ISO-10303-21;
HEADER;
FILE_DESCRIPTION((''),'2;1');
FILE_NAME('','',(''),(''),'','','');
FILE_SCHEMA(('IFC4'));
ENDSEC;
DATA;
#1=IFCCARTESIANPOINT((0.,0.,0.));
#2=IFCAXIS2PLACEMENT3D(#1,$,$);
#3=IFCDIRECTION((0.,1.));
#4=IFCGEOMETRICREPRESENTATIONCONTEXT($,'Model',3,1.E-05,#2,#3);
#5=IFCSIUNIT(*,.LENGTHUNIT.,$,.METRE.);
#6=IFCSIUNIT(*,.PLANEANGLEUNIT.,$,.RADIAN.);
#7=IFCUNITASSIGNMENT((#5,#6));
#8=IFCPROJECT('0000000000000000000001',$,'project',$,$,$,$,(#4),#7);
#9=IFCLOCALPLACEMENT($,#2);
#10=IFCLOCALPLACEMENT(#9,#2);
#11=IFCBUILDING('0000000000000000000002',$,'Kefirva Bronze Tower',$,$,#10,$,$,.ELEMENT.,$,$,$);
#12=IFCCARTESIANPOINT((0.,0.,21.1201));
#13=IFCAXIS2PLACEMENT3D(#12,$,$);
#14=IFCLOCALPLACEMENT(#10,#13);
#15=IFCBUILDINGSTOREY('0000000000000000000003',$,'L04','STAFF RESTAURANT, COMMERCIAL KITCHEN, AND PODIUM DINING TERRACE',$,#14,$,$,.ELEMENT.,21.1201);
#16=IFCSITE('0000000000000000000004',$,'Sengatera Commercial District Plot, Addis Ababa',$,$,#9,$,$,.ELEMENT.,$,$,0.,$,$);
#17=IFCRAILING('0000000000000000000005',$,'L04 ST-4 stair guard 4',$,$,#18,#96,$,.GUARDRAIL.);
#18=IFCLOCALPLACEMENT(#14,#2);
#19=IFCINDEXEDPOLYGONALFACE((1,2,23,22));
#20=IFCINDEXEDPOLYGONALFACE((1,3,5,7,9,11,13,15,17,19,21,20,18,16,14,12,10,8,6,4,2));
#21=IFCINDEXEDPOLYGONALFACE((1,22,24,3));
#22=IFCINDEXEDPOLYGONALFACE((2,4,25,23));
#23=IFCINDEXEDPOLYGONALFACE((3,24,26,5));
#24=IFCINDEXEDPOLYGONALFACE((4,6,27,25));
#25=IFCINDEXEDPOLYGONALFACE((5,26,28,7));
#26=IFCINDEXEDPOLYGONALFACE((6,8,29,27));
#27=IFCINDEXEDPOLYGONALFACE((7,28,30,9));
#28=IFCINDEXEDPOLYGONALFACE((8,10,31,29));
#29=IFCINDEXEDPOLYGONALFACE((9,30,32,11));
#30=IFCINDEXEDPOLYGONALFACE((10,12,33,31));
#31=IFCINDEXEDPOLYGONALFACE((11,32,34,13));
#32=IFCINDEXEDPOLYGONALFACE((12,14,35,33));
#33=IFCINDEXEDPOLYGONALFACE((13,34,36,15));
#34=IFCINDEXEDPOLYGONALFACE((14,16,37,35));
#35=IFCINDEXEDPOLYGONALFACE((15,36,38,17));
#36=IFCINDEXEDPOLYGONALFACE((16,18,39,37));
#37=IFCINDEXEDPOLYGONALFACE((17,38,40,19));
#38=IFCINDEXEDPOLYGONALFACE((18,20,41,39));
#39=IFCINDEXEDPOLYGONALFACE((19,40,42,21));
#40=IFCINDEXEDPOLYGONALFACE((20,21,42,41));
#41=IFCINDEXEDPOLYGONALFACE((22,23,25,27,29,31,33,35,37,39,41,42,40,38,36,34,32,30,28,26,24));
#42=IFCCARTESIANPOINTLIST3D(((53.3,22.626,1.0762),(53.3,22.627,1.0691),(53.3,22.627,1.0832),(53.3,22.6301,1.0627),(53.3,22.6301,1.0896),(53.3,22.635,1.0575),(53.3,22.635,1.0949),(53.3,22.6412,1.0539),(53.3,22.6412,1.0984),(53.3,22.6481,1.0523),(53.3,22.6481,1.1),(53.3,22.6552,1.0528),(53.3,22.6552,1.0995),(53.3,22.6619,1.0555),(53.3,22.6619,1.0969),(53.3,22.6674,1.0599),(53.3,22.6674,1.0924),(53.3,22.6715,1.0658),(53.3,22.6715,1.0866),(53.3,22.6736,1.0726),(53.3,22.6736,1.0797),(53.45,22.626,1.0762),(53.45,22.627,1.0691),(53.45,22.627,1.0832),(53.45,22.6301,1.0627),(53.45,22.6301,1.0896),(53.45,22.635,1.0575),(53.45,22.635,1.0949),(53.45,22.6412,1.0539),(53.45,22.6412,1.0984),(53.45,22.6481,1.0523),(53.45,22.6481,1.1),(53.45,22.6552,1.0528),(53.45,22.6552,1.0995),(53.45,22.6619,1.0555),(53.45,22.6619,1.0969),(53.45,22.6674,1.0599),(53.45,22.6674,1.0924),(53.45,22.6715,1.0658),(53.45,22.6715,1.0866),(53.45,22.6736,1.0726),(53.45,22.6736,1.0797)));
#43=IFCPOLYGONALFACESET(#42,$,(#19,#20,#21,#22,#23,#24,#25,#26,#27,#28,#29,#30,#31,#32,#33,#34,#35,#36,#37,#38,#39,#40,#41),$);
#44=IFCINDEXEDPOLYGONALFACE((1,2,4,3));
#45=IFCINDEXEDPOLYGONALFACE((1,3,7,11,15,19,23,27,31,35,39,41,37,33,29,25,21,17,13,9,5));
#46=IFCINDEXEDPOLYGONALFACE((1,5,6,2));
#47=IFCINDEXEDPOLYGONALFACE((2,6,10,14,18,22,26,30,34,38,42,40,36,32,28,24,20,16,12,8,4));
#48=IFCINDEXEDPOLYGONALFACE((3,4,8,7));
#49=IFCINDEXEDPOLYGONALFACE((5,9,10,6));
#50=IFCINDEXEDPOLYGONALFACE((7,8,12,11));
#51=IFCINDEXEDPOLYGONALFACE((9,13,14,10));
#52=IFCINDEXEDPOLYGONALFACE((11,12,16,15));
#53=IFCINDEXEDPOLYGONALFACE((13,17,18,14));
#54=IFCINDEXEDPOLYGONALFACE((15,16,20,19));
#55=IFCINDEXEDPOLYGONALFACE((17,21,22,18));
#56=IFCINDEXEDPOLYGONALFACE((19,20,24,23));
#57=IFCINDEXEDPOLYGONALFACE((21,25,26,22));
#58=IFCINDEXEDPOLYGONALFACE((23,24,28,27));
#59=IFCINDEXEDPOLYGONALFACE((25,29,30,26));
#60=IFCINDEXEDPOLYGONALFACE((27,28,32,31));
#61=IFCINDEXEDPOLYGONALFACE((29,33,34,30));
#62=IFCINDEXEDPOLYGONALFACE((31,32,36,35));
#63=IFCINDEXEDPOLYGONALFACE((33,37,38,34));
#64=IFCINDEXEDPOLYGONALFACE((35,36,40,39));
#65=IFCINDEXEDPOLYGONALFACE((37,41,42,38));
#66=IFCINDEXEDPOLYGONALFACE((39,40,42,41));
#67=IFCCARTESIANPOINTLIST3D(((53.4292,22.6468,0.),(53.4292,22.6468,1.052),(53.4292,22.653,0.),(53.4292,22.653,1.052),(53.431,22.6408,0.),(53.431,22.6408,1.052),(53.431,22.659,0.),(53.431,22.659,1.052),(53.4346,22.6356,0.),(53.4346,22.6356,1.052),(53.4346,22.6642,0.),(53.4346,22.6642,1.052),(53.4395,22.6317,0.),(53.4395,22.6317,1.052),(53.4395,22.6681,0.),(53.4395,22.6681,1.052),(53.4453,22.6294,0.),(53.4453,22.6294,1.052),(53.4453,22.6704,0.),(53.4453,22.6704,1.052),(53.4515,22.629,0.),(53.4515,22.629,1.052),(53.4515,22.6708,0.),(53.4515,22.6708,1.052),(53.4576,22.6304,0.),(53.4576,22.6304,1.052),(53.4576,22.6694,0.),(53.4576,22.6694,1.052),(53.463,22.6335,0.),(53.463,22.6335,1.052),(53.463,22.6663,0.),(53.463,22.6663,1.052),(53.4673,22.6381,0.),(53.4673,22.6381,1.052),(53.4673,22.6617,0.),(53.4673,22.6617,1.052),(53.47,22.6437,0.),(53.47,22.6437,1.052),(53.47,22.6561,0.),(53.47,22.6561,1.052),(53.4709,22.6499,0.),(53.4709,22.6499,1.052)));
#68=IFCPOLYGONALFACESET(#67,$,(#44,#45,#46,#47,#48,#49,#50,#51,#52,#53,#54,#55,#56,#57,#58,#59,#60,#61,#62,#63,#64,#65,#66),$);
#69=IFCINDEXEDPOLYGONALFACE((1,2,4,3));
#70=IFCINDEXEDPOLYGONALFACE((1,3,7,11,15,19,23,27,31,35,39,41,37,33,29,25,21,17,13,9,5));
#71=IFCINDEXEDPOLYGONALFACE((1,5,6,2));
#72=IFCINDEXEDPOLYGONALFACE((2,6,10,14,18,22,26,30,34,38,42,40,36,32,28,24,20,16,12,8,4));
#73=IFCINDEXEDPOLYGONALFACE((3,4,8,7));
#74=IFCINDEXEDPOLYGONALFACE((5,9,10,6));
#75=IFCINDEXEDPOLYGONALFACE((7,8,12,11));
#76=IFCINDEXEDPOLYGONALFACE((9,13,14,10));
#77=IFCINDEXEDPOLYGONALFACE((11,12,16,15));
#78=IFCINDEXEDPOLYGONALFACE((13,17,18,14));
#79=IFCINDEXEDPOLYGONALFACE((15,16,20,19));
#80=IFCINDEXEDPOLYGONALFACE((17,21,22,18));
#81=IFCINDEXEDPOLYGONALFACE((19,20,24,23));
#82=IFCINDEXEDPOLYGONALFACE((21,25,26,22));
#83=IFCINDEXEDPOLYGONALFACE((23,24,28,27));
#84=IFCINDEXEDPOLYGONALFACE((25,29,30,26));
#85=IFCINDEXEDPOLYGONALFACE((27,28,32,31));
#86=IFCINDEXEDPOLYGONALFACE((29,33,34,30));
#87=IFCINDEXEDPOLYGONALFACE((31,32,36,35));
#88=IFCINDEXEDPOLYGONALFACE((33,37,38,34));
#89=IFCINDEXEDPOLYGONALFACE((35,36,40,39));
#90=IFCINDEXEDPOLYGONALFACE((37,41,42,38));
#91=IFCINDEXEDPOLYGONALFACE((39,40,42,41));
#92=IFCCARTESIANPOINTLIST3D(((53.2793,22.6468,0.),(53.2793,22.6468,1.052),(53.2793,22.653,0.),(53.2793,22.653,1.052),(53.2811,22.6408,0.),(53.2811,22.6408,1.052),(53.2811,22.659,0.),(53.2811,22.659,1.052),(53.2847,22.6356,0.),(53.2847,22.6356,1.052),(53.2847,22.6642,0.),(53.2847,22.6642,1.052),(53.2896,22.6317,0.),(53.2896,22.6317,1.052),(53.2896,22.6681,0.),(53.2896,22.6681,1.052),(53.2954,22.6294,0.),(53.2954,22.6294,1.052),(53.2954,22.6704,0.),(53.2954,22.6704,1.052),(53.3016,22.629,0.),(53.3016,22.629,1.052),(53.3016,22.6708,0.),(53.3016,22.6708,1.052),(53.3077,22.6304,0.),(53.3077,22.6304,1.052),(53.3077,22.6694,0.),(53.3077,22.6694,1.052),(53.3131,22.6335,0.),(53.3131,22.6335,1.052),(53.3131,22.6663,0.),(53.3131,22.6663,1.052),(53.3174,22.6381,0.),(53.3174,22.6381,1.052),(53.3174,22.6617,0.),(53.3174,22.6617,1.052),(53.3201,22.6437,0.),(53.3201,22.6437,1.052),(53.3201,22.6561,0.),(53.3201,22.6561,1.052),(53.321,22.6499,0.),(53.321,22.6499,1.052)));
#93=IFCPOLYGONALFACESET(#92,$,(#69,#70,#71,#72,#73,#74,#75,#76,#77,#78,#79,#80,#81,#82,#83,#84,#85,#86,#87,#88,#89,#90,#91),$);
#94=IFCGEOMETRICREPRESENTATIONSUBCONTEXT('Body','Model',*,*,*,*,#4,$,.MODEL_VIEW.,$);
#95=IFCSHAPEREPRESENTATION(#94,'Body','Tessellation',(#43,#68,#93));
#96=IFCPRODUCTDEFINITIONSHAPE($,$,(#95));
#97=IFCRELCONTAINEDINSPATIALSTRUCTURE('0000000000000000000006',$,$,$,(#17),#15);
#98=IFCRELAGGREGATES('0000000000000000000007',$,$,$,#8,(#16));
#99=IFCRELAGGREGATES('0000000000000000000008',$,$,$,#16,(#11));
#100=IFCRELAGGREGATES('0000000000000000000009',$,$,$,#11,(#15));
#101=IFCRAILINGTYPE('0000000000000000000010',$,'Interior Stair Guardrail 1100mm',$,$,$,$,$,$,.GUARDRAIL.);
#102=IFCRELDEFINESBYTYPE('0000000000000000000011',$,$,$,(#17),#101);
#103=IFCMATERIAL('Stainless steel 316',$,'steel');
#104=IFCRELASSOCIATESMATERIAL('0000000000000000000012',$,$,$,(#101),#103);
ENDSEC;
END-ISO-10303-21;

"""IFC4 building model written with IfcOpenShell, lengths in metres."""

from ifc_helpers import new_model, si_unit, direction, frame, origin, origin_2d, place, context, subcontext, project, spatial, circle, extrude, material, type_object, element, save


model = new_model("IFC4")

# Units and contexts
model_context = context("Model", 3, precision=1e-05, world=origin(), true_north=direction((0.0, 1.0)))
body_context = subcontext(model_context, "Body", "Model", "MODEL_VIEW")
ifc_project = project(units=[si_unit("LENGTHUNIT", "METRE"), si_unit("PLANEANGLEUNIT", "RADIAN")], contexts=[model_context])

# Site, building, storey
site_placement = place(None, origin())
site = spatial("IfcSite", under=ifc_project, at=site_placement, Name="Sengatera Commercial District Plot, Addis Ababa", CompositionType="ELEMENT", RefElevation=0.0)
building_placement = place(site_placement, origin())
building = spatial("IfcBuilding", under=site, at=building_placement, Name="Kefirva Bronze Tower", CompositionType="ELEMENT")
storey_placement = place(building_placement, frame((0.0, 0.0, 21.1201)))
storey = spatial("IfcBuildingStorey", under=building, at=storey_placement, Name="L04", Description="STAFF RESTAURANT, COMMERCIAL KITCHEN, AND PODIUM DINING TERRACE", CompositionType="ELEMENT", Elevation=21.1201)

# Railing
ifc_material_1 = material(Name="Stainless steel 316", Category="steel")
railing_type_1 = type_object("IfcRailingType", Name="Interior Stair Guardrail 1100mm", PredefinedType="GUARDRAIL", material=ifc_material_1)
railing_1_placement = place(storey_placement, frame((53.45, 22.6499, 0.0)))
element("IfcRailing", 1, at=railing_1_placement, inside=storey, type_object=railing_type_1, Name="L04 ST-4 stair guard 4", PredefinedType="GUARDRAIL", context=body_context, shape_type="SweptSolid", body=[
    extrude(circle(Radius=0.0239, at=origin_2d()), frame((0.0, 0.0, 1.0762), z_axis=(-1.0, 0.0, 0.0), x_axis=(0.0, -1.0, 0.0)), (0.0, 0.0, 1.0), 0.1499),
    extrude(circle(Radius=0.021, at=origin_2d()), origin(), (0.0, 0.0, 1.0), 1.052),
    extrude(circle(Radius=0.021, at=origin_2d()), frame((-0.1499, 0.0, 0.0)), (0.0, 0.0, 1.0), 1.052),
])

save(model, "model.ifc")
